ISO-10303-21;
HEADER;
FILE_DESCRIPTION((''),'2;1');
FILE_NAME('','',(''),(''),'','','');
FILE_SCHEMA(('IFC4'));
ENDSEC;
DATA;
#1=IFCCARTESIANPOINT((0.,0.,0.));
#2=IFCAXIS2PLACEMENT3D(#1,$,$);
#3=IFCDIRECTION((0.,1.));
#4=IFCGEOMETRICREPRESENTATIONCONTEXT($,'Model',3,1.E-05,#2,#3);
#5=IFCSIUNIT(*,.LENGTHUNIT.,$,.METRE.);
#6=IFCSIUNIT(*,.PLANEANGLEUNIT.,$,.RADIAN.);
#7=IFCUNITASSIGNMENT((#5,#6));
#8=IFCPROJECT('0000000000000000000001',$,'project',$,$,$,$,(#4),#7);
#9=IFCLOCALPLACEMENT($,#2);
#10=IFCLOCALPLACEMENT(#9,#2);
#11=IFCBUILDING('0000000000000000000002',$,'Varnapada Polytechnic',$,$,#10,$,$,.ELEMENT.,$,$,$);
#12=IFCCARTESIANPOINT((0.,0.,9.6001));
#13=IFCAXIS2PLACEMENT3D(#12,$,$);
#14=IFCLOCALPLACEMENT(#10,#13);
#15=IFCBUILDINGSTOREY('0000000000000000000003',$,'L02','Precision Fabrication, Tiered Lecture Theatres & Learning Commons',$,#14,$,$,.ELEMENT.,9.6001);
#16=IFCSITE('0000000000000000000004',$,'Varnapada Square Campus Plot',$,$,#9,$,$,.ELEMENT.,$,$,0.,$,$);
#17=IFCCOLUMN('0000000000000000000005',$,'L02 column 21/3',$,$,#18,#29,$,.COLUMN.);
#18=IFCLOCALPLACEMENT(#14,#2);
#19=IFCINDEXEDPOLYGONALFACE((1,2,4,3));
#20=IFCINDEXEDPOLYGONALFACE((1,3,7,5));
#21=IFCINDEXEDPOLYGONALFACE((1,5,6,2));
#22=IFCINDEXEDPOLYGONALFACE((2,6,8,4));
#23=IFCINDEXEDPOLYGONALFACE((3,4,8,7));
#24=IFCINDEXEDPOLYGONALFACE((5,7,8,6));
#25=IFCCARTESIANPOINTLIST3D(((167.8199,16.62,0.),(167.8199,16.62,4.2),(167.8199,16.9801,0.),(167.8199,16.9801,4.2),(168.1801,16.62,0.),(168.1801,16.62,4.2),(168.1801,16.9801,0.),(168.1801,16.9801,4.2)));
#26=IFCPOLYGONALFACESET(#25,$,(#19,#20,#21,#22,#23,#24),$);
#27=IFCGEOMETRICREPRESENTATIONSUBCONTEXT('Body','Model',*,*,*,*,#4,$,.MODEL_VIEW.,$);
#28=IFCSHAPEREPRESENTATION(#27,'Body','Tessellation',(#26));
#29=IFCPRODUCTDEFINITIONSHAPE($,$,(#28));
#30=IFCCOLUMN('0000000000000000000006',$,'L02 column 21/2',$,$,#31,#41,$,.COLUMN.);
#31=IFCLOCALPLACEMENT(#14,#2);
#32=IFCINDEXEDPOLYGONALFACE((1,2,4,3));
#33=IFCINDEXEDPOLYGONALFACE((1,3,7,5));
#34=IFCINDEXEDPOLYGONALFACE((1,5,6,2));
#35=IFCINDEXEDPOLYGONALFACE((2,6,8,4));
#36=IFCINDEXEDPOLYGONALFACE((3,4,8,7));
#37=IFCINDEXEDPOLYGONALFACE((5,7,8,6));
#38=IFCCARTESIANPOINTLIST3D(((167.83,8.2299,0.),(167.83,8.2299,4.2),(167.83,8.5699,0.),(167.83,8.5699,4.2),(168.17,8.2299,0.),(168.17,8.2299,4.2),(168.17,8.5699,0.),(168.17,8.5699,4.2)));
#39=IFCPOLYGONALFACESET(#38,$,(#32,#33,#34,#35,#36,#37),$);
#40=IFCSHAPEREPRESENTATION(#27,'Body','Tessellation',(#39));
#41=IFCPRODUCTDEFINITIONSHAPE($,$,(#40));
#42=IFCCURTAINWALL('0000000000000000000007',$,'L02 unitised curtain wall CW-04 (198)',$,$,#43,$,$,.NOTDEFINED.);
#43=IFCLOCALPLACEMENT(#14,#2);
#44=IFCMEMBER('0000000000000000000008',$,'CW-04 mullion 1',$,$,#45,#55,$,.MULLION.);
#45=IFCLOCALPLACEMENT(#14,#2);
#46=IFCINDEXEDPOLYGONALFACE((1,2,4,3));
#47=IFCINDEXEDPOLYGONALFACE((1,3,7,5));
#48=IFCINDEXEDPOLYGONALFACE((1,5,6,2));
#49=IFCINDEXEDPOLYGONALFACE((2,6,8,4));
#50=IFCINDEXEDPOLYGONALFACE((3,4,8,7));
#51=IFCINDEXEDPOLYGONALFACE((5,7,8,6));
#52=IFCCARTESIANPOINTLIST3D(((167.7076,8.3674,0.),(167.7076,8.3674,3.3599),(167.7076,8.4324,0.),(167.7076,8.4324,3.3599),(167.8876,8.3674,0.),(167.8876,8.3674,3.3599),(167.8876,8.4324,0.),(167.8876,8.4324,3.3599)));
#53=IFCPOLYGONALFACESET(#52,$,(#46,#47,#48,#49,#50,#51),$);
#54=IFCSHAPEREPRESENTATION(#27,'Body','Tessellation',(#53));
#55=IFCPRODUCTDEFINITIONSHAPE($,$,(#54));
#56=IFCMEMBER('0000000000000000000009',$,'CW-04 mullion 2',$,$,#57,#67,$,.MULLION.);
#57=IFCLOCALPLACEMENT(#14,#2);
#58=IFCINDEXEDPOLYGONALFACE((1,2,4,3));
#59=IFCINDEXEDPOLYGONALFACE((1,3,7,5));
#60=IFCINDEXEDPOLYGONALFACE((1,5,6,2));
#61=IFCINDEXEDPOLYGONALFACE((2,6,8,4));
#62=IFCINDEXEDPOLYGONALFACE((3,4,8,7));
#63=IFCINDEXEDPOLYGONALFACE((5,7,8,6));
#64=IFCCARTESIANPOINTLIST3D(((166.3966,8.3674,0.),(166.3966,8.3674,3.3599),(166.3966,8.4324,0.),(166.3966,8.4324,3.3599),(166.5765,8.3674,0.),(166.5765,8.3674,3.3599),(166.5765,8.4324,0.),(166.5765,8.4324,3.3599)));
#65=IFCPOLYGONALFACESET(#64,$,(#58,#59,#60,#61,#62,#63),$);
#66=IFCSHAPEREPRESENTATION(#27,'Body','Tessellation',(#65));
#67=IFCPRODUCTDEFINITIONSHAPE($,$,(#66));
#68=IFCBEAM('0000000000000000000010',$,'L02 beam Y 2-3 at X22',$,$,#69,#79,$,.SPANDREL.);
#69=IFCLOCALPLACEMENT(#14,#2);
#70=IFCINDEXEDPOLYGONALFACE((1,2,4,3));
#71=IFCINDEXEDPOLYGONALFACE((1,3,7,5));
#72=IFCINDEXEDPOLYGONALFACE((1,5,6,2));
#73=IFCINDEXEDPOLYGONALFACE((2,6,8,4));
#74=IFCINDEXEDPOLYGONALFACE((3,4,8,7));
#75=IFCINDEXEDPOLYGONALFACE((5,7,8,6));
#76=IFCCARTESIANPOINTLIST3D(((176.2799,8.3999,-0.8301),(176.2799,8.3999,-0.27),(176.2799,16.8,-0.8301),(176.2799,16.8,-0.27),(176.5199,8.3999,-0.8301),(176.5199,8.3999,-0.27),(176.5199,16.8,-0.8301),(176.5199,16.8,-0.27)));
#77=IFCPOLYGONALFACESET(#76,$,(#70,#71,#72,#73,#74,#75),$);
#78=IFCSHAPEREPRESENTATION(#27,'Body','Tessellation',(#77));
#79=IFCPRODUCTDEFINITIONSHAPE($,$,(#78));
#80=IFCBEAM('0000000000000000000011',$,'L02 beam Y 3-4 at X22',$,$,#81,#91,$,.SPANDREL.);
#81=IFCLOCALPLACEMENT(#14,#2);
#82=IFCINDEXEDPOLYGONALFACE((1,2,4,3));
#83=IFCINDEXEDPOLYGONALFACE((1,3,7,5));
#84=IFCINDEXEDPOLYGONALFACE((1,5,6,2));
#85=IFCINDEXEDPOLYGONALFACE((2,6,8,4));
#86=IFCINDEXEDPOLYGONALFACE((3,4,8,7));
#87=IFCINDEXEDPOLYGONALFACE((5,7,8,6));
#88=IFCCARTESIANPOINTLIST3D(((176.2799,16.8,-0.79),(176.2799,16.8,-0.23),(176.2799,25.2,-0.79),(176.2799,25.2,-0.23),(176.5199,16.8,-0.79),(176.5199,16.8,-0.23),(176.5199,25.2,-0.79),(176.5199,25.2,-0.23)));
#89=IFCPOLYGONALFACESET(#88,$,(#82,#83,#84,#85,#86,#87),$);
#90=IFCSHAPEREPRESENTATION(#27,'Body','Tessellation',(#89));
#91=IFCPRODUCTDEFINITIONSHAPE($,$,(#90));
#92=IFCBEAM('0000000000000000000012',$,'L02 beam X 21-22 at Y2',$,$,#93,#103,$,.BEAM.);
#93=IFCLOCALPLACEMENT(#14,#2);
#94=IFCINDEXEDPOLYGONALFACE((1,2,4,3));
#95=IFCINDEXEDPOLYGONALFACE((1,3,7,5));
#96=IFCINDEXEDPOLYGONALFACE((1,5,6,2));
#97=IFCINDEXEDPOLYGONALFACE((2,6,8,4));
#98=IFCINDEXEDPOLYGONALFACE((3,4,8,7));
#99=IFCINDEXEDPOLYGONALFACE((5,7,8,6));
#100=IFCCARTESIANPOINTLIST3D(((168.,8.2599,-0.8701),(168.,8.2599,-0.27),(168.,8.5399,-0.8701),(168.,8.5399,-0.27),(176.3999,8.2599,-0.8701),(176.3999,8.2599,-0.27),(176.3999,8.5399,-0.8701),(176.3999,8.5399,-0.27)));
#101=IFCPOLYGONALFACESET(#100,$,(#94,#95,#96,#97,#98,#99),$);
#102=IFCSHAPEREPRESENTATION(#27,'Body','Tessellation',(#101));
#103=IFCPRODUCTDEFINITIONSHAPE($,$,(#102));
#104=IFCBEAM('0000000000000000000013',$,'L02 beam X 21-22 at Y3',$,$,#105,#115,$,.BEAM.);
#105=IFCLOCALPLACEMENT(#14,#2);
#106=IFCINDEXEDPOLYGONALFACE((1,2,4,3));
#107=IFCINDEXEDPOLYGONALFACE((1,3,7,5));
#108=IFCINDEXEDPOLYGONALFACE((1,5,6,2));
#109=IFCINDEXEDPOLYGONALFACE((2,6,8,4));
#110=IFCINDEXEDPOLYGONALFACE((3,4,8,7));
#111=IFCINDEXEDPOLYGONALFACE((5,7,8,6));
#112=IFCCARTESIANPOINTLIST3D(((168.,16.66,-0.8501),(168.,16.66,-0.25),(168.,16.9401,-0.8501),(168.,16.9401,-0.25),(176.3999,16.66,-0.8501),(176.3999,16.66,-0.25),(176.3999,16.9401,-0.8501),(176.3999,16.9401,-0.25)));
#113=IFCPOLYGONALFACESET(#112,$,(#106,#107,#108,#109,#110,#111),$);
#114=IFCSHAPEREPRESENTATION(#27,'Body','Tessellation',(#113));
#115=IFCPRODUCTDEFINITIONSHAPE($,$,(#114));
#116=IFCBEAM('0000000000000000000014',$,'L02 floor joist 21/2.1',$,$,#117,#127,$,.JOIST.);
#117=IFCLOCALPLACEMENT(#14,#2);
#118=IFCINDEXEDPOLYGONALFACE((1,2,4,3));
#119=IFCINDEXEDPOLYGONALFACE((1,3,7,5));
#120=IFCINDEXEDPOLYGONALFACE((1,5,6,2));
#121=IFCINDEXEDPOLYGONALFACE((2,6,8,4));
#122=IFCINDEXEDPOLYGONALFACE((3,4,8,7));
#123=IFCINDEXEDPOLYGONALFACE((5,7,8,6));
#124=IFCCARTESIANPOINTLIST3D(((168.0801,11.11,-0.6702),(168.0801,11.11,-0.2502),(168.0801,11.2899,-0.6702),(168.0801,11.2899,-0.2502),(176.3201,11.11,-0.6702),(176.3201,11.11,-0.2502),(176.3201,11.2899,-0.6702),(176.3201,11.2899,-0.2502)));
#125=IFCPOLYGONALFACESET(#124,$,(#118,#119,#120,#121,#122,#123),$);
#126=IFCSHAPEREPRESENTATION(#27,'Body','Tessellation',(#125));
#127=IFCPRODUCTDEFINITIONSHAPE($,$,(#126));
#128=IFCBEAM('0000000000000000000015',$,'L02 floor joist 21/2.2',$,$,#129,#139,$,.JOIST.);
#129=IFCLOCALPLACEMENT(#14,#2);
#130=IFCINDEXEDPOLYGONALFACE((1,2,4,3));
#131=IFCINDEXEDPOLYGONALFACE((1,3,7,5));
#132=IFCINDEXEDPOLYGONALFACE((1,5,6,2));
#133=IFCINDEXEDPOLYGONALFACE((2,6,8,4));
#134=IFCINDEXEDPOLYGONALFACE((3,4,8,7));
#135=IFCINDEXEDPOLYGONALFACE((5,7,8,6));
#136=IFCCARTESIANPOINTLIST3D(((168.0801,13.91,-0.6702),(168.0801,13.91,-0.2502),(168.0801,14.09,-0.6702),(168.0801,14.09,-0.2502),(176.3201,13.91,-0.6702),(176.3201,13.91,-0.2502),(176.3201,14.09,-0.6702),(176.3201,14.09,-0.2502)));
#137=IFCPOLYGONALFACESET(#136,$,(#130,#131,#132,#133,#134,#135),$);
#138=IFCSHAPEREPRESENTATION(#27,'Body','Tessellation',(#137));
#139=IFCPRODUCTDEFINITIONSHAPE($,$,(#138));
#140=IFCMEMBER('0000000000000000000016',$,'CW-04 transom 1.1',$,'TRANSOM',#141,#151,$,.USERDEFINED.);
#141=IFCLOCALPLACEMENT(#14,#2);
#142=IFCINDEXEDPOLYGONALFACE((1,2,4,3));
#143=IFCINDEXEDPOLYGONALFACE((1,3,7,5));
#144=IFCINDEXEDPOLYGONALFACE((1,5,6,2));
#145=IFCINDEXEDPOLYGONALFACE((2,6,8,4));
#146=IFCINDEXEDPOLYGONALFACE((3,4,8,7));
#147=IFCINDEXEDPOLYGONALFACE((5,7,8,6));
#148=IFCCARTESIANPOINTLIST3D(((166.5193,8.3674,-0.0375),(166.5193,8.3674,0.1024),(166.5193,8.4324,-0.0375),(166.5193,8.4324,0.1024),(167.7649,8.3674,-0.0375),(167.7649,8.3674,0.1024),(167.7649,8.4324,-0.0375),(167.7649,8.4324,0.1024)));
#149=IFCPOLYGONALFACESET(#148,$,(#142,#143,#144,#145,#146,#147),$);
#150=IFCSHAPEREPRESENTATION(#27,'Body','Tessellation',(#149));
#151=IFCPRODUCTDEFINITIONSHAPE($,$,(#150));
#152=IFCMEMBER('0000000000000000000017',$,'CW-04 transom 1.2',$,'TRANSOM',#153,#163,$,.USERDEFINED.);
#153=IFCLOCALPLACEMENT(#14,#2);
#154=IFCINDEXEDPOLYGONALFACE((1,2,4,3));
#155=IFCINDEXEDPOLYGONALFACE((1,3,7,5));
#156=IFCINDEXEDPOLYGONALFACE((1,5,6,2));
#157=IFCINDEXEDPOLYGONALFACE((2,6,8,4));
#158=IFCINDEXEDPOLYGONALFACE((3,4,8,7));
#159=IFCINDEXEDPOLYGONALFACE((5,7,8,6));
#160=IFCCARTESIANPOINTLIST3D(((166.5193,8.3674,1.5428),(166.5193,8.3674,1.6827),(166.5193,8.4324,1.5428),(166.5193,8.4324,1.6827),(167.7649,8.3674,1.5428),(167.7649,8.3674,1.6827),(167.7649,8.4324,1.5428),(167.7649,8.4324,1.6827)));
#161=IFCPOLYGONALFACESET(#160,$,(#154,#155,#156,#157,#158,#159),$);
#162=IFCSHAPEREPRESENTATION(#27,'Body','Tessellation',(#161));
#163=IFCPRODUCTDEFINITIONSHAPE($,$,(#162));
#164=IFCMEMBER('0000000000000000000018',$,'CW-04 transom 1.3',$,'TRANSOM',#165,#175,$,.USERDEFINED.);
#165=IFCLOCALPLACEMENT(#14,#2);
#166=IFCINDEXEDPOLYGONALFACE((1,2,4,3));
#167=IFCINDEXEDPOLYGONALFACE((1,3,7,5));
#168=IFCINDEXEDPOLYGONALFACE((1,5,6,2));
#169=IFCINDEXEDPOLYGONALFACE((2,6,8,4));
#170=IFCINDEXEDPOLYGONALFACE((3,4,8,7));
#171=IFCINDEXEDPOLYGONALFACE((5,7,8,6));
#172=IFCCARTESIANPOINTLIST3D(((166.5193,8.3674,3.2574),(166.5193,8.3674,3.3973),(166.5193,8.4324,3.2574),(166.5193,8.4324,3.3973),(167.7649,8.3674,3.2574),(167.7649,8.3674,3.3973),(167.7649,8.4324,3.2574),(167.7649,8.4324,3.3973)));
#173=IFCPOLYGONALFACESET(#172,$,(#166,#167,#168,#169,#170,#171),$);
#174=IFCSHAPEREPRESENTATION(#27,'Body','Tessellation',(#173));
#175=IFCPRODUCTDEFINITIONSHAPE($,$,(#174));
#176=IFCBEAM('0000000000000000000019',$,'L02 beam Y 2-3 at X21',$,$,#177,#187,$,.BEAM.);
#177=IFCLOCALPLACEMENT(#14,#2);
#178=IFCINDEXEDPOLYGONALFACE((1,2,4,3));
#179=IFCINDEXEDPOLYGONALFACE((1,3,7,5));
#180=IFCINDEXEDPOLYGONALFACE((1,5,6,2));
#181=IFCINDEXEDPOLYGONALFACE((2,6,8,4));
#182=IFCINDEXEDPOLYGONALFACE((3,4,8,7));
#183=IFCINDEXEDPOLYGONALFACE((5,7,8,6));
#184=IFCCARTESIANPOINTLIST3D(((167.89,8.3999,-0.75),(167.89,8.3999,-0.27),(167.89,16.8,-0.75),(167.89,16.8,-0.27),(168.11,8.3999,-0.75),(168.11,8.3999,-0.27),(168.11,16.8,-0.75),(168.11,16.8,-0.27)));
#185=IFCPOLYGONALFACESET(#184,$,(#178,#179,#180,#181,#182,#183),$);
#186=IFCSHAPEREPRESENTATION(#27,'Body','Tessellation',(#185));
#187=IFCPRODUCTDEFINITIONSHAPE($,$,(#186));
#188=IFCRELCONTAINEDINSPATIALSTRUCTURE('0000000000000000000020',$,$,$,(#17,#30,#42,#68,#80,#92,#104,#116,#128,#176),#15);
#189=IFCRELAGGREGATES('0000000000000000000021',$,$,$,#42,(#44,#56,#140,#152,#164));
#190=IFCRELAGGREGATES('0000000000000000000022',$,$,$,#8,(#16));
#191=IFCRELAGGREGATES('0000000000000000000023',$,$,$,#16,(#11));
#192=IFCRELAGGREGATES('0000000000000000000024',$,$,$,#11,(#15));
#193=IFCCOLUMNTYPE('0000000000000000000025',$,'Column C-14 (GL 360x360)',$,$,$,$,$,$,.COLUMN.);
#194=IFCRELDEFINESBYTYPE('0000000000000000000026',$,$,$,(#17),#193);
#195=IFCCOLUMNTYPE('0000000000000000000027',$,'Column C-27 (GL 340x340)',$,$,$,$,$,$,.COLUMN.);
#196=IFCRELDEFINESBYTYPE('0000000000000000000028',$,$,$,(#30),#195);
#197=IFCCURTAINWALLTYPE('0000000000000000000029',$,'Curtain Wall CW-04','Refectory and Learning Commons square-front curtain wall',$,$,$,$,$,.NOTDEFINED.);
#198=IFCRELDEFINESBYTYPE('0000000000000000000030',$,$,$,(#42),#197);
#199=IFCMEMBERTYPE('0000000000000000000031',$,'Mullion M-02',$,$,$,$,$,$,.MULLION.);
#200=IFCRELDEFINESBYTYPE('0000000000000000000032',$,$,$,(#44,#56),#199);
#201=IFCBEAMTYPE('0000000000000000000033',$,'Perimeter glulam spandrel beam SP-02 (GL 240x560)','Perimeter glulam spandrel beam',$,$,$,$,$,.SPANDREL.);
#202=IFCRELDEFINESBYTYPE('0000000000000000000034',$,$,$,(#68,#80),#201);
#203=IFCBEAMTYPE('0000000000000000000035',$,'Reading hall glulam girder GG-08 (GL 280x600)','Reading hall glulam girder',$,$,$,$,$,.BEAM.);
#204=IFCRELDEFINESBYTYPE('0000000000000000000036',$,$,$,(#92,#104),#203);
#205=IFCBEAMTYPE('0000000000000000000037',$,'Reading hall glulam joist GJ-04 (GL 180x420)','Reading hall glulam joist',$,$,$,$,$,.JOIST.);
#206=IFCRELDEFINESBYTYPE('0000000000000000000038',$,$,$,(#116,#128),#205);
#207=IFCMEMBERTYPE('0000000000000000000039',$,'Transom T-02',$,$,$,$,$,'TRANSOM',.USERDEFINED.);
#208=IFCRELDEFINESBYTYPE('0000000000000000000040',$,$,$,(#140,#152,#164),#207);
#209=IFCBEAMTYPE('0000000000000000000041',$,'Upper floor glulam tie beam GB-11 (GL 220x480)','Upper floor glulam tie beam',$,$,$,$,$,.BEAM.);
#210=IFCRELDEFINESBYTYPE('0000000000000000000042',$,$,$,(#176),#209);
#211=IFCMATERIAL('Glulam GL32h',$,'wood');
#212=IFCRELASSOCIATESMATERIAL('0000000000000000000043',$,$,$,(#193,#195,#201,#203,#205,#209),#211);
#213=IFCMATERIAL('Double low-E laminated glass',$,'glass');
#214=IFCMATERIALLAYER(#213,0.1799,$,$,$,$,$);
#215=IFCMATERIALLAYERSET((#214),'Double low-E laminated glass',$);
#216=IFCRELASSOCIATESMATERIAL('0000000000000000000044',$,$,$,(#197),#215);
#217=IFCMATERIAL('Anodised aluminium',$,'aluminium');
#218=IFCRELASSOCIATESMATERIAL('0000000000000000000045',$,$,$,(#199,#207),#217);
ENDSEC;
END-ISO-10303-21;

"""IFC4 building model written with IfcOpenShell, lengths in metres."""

from ifc_helpers import new_model, si_unit, direction, frame, origin, origin_2d, place, context, subcontext, project, spatial, rectangle, extrude, material, layer, layer_set, material_profile, profile_set, type_object, element, aggregate, save


model = new_model("IFC4")

# Units and contexts
model_context = context("Model", 3, precision=1e-05, world=origin(), true_north=direction((0.0, 1.0)))
body_context = subcontext(model_context, "Body", "Model", "MODEL_VIEW")
ifc_project = project(units=[si_unit("LENGTHUNIT", "METRE"), si_unit("PLANEANGLEUNIT", "RADIAN")], contexts=[model_context])

# Site, building, storey
site_placement = place(None, origin())
site = spatial("IfcSite", under=ifc_project, at=site_placement, Name="Varnapada Square Campus Plot", CompositionType="ELEMENT", RefElevation=0.0)
building_placement = place(site_placement, origin())
building = spatial("IfcBuilding", under=site, at=building_placement, Name="Varnapada Polytechnic", CompositionType="ELEMENT")
storey_placement = place(building_placement, frame((0.0, 0.0, 9.6001)))
storey = spatial("IfcBuildingStorey", under=building, at=storey_placement, Name="L02", Description="Precision Fabrication, Tiered Lecture Theatres & Learning Commons", CompositionType="ELEMENT", Elevation=9.6001)

# Columns
ifc_material_1 = material(Name="Glulam GL32h", Category="wood")
ifc_material_profile_1 = material_profile(ifc_material_1, rectangle(XDim=0.3601, YDim=0.3601, at=origin_2d()), Name="GL 360x360")
ifc_profile_set_1 = profile_set([ifc_material_profile_1], Name="Glulam GL32h")
column_type_1 = type_object("IfcColumnType", Name="Column C-14 (GL 360x360)", PredefinedType="COLUMN", material=ifc_profile_set_1)
column_1_placement = place(storey_placement, frame((168.0, 16.8, 0.0), z_axis=(0.0, 0.0, 1.0), x_axis=(1.0, 0.0, 0.0)))
element("IfcColumn", 1, at=column_1_placement, inside=storey, type_object=column_type_1, Name="L02 column 21/3", PredefinedType="COLUMN", context=body_context, shape_type="SweptSolid", body=[
    extrude(rectangle(XDim=0.3601, YDim=0.3601, at=origin_2d()), origin(), (0.0, 0.0, 1.0), 4.2),
])
ifc_material_profile_2 = material_profile(ifc_material_1, rectangle(XDim=0.3401, YDim=0.3401, at=origin_2d()), Name="GL 340x340")
ifc_profile_set_2 = profile_set([ifc_material_profile_2], Name="Glulam GL32h")
column_type_2 = type_object("IfcColumnType", Name="Column C-27 (GL 340x340)", PredefinedType="COLUMN", material=ifc_profile_set_2)
column_2_placement = place(storey_placement, frame((168.0, 8.3999, 0.0), z_axis=(0.0, 0.0, 1.0), x_axis=(1.0, 0.0, 0.0)))
element("IfcColumn", 2, at=column_2_placement, inside=storey, type_object=column_type_2, Name="L02 column 21/2", PredefinedType="COLUMN", context=body_context, shape_type="SweptSolid", body=[
    extrude(rectangle(XDim=0.3401, YDim=0.3401, at=origin_2d()), origin(), (0.0, 0.0, 1.0), 4.2),
])

# Curtain wall, members
ifc_material_2 = material(Name="Double low-E laminated glass", Category="glass")
ifc_layer_1 = layer(ifc_material_2, 0.1799)
ifc_layer_set_1 = layer_set([ifc_layer_1], Name="Double low-E laminated glass")
curtain_wall_type = type_object("IfcCurtainWallType", Name="Curtain Wall CW-04", Description="Refectory and Learning Commons square-front curtain wall", PredefinedType="NOTDEFINED", material=ifc_layer_set_1)
curtain_wall_placement = place(storey_placement, origin())
curtain_wall = element("IfcCurtainWall", 3, at=curtain_wall_placement, inside=storey, type_object=curtain_wall_type, Name="L02 unitised curtain wall CW-04 (198)", PredefinedType="NOTDEFINED")
ifc_material_3 = material(Name="Anodised aluminium", Category="aluminium")
ifc_material_profile_3 = material_profile(ifc_material_3, rectangle(XDim=0.0649, YDim=0.1799, at=origin_2d()), Name="ALU M65x180")
ifc_profile_set_3 = profile_set([ifc_material_profile_3], Name="Anodised aluminium")
member_type_1 = type_object("IfcMemberType", Name="Mullion M-02", PredefinedType="MULLION", material=ifc_profile_set_3)
member_1_placement = place(storey_placement, frame((167.7976, 8.3999, 0.0), z_axis=(0.0, 0.0, 1.0), x_axis=(0.0, -1.0, 0.0)))
member_1 = element("IfcMember", 4, at=member_1_placement, type_object=member_type_1, Name="CW-04 mullion 1", PredefinedType="MULLION", context=body_context, shape_type="SweptSolid", body=[
    extrude(rectangle(XDim=0.0649, YDim=0.1799, at=origin_2d()), origin(), (0.0, 0.0, 1.0), 3.3599),
])
member_2_placement = place(storey_placement, frame((166.4866, 8.3999, 0.0), z_axis=(0.0, 0.0, 1.0), x_axis=(0.0, -1.0, 0.0)))
member_2 = element("IfcMember", 5, at=member_2_placement, type_object=member_type_1, Name="CW-04 mullion 2", PredefinedType="MULLION", context=body_context, shape_type="SweptSolid", body=[
    extrude(rectangle(XDim=0.0649, YDim=0.1799, at=origin_2d()), origin(), (0.0, 0.0, 1.0), 3.3599),
])

# Beams
ifc_material_profile_4 = material_profile(ifc_material_1, rectangle(XDim=0.24, YDim=0.5601, at=origin_2d()), Name="GL 240x560")
ifc_profile_set_4 = profile_set([ifc_material_profile_4], Name="Glulam GL32h")
beam_type_1 = type_object("IfcBeamType", Name="Perimeter glulam spandrel beam SP-02 (GL 240x560)", Description="Perimeter glulam spandrel beam", PredefinedType="SPANDREL", material=ifc_profile_set_4)
beam_1_placement = place(storey_placement, frame((176.3999, 8.3999, -0.55), z_axis=(0.0, 1.0, 0.0), x_axis=(-1.0, 0.0, 0.0)))
element("IfcBeam", 6, at=beam_1_placement, inside=storey, type_object=beam_type_1, Name="L02 beam Y 2-3 at X22", PredefinedType="SPANDREL", context=body_context, shape_type="SweptSolid", body=[
    extrude(rectangle(XDim=0.24, YDim=0.5601, at=origin_2d()), origin(), (0.0, 0.0, 1.0), 8.4001),
])
beam_2_placement = place(storey_placement, frame((176.3999, 16.8, -0.51), z_axis=(0.0, 1.0, 0.0), x_axis=(-1.0, 0.0, 0.0)))
element("IfcBeam", 7, at=beam_2_placement, inside=storey, type_object=beam_type_1, Name="L02 beam Y 3-4 at X22", PredefinedType="SPANDREL", context=body_context, shape_type="SweptSolid", body=[
    extrude(rectangle(XDim=0.24, YDim=0.5601, at=origin_2d()), origin(), (0.0, 0.0, 1.0), 8.3999),
])
ifc_material_profile_5 = material_profile(ifc_material_1, rectangle(XDim=0.28, YDim=0.6001, at=origin_2d()), Name="GL 280x600")
ifc_profile_set_5 = profile_set([ifc_material_profile_5], Name="Glulam GL32h")
beam_type_2 = type_object("IfcBeamType", Name="Reading hall glulam girder GG-08 (GL 280x600)", Description="Reading hall glulam girder", PredefinedType="BEAM", material=ifc_profile_set_5)
for number, where, z_axis, x_axis, name in (
    (8, (168.0, 8.3999, -0.5701), (1.0, 0.0, 0.0), (0.0, 1.0, 0.0), "L02 beam X 21-22 at Y2"),
    (9, (168.0, 16.8, -0.55), (1.0, 0.0, 0.0), (0.0, 1.0, 0.0), "L02 beam X 21-22 at Y3"),
):
    element("IfcBeam", number, at=place(storey_placement, frame(where, z_axis=z_axis, x_axis=x_axis)), inside=storey, type_object=beam_type_2, Name=name, PredefinedType="BEAM", context=body_context, shape_type="SweptSolid", body=[
        extrude(rectangle(XDim=0.28, YDim=0.6001, at=origin_2d()), origin(), (0.0, 0.0, 1.0), 8.3999),
    ])
ifc_material_profile_6 = material_profile(ifc_material_1, rectangle(XDim=0.1799, YDim=0.4199, at=origin_2d()), Name="GL 180x420")
ifc_profile_set_6 = profile_set([ifc_material_profile_6], Name="Glulam GL32h")
beam_type_3 = type_object("IfcBeamType", Name="Reading hall glulam joist GJ-04 (GL 180x420)", Description="Reading hall glulam joist", PredefinedType="JOIST", material=ifc_profile_set_6)
for number, where, z_axis, x_axis, name in (
    (10, (168.0801, 11.2, -0.4602), (1.0, 0.0, 0.0), (0.0, 1.0, 0.0), "L02 floor joist 21/2.1"),
    (11, (168.0801, 14.0, -0.4602), (1.0, 0.0, 0.0), (0.0, 1.0, 0.0), "L02 floor joist 21/2.2"),
):
    element("IfcBeam", number, at=place(storey_placement, frame(where, z_axis=z_axis, x_axis=x_axis)), inside=storey, type_object=beam_type_3, Name=name, PredefinedType="JOIST", context=body_context, shape_type="SweptSolid", body=[
        extrude(rectangle(XDim=0.1799, YDim=0.4199, at=origin_2d()), origin(), (0.0, 0.0, 1.0), 8.24),
    ])

# Members
ifc_material_profile_7 = material_profile(ifc_material_3, rectangle(XDim=0.0649, YDim=0.1399, at=origin_2d()), Name="ALU T65x140")
ifc_profile_set_7 = profile_set([ifc_material_profile_7], Name="Anodised aluminium")
member_type_2 = type_object("IfcMemberType", Name="Transom T-02", ElementType="TRANSOM", PredefinedType="USERDEFINED", material=ifc_profile_set_7)
member_3_placement = place(storey_placement, frame((167.7649, 8.3999, 0.0325), z_axis=(-1.0, 0.0, 0.0), x_axis=(0.0, -1.0, 0.0)))
member_3 = element("IfcMember", 12, at=member_3_placement, type_object=member_type_2, Name="CW-04 transom 1.1", ObjectType="TRANSOM", PredefinedType="USERDEFINED", context=body_context, shape_type="SweptSolid", body=[
    extrude(rectangle(XDim=0.0649, YDim=0.1399, at=origin_2d()), origin(), (0.0, 0.0, 1.0), 1.2456),
])
member_4_placement = place(storey_placement, frame((167.7649, 8.3999, 1.6128), z_axis=(-1.0, 0.0, 0.0), x_axis=(0.0, -1.0, 0.0)))
member_4 = element("IfcMember", 13, at=member_4_placement, type_object=member_type_2, Name="CW-04 transom 1.2", ObjectType="TRANSOM", PredefinedType="USERDEFINED", context=body_context, shape_type="SweptSolid", body=[
    extrude(rectangle(XDim=0.0649, YDim=0.1399, at=origin_2d()), origin(), (0.0, 0.0, 1.0), 1.2456),
])
member_5_placement = place(storey_placement, frame((167.7649, 8.3999, 3.3274), z_axis=(-1.0, 0.0, 0.0), x_axis=(0.0, -1.0, 0.0)))
member_5 = element("IfcMember", 14, at=member_5_placement, type_object=member_type_2, Name="CW-04 transom 1.3", ObjectType="TRANSOM", PredefinedType="USERDEFINED", context=body_context, shape_type="SweptSolid", body=[
    extrude(rectangle(XDim=0.0649, YDim=0.1399, at=origin_2d()), origin(), (0.0, 0.0, 1.0), 1.2456),
])

# Beam
ifc_material_profile_8 = material_profile(ifc_material_1, rectangle(XDim=0.22, YDim=0.48, at=origin_2d()), Name="GL 220x480")
ifc_profile_set_8 = profile_set([ifc_material_profile_8], Name="Glulam GL32h")
beam_type_4 = type_object("IfcBeamType", Name="Upper floor glulam tie beam GB-11 (GL 220x480)", Description="Upper floor glulam tie beam", PredefinedType="BEAM", material=ifc_profile_set_8)
beam_3_placement = place(storey_placement, frame((168.0, 8.3999, -0.51), z_axis=(0.0, 1.0, 0.0), x_axis=(-1.0, 0.0, 0.0)))
element("IfcBeam", 15, at=beam_3_placement, inside=storey, type_object=beam_type_4, Name="L02 beam Y 2-3 at X21", PredefinedType="BEAM", context=body_context, shape_type="SweptSolid", body=[
    extrude(rectangle(XDim=0.22, YDim=0.48, at=origin_2d()), origin(), (0.0, 0.0, 1.0), 8.4001),
])

aggregate(curtain_wall, [member_1, member_2, member_3, member_4, member_5])

save(model, "model.ifc")
